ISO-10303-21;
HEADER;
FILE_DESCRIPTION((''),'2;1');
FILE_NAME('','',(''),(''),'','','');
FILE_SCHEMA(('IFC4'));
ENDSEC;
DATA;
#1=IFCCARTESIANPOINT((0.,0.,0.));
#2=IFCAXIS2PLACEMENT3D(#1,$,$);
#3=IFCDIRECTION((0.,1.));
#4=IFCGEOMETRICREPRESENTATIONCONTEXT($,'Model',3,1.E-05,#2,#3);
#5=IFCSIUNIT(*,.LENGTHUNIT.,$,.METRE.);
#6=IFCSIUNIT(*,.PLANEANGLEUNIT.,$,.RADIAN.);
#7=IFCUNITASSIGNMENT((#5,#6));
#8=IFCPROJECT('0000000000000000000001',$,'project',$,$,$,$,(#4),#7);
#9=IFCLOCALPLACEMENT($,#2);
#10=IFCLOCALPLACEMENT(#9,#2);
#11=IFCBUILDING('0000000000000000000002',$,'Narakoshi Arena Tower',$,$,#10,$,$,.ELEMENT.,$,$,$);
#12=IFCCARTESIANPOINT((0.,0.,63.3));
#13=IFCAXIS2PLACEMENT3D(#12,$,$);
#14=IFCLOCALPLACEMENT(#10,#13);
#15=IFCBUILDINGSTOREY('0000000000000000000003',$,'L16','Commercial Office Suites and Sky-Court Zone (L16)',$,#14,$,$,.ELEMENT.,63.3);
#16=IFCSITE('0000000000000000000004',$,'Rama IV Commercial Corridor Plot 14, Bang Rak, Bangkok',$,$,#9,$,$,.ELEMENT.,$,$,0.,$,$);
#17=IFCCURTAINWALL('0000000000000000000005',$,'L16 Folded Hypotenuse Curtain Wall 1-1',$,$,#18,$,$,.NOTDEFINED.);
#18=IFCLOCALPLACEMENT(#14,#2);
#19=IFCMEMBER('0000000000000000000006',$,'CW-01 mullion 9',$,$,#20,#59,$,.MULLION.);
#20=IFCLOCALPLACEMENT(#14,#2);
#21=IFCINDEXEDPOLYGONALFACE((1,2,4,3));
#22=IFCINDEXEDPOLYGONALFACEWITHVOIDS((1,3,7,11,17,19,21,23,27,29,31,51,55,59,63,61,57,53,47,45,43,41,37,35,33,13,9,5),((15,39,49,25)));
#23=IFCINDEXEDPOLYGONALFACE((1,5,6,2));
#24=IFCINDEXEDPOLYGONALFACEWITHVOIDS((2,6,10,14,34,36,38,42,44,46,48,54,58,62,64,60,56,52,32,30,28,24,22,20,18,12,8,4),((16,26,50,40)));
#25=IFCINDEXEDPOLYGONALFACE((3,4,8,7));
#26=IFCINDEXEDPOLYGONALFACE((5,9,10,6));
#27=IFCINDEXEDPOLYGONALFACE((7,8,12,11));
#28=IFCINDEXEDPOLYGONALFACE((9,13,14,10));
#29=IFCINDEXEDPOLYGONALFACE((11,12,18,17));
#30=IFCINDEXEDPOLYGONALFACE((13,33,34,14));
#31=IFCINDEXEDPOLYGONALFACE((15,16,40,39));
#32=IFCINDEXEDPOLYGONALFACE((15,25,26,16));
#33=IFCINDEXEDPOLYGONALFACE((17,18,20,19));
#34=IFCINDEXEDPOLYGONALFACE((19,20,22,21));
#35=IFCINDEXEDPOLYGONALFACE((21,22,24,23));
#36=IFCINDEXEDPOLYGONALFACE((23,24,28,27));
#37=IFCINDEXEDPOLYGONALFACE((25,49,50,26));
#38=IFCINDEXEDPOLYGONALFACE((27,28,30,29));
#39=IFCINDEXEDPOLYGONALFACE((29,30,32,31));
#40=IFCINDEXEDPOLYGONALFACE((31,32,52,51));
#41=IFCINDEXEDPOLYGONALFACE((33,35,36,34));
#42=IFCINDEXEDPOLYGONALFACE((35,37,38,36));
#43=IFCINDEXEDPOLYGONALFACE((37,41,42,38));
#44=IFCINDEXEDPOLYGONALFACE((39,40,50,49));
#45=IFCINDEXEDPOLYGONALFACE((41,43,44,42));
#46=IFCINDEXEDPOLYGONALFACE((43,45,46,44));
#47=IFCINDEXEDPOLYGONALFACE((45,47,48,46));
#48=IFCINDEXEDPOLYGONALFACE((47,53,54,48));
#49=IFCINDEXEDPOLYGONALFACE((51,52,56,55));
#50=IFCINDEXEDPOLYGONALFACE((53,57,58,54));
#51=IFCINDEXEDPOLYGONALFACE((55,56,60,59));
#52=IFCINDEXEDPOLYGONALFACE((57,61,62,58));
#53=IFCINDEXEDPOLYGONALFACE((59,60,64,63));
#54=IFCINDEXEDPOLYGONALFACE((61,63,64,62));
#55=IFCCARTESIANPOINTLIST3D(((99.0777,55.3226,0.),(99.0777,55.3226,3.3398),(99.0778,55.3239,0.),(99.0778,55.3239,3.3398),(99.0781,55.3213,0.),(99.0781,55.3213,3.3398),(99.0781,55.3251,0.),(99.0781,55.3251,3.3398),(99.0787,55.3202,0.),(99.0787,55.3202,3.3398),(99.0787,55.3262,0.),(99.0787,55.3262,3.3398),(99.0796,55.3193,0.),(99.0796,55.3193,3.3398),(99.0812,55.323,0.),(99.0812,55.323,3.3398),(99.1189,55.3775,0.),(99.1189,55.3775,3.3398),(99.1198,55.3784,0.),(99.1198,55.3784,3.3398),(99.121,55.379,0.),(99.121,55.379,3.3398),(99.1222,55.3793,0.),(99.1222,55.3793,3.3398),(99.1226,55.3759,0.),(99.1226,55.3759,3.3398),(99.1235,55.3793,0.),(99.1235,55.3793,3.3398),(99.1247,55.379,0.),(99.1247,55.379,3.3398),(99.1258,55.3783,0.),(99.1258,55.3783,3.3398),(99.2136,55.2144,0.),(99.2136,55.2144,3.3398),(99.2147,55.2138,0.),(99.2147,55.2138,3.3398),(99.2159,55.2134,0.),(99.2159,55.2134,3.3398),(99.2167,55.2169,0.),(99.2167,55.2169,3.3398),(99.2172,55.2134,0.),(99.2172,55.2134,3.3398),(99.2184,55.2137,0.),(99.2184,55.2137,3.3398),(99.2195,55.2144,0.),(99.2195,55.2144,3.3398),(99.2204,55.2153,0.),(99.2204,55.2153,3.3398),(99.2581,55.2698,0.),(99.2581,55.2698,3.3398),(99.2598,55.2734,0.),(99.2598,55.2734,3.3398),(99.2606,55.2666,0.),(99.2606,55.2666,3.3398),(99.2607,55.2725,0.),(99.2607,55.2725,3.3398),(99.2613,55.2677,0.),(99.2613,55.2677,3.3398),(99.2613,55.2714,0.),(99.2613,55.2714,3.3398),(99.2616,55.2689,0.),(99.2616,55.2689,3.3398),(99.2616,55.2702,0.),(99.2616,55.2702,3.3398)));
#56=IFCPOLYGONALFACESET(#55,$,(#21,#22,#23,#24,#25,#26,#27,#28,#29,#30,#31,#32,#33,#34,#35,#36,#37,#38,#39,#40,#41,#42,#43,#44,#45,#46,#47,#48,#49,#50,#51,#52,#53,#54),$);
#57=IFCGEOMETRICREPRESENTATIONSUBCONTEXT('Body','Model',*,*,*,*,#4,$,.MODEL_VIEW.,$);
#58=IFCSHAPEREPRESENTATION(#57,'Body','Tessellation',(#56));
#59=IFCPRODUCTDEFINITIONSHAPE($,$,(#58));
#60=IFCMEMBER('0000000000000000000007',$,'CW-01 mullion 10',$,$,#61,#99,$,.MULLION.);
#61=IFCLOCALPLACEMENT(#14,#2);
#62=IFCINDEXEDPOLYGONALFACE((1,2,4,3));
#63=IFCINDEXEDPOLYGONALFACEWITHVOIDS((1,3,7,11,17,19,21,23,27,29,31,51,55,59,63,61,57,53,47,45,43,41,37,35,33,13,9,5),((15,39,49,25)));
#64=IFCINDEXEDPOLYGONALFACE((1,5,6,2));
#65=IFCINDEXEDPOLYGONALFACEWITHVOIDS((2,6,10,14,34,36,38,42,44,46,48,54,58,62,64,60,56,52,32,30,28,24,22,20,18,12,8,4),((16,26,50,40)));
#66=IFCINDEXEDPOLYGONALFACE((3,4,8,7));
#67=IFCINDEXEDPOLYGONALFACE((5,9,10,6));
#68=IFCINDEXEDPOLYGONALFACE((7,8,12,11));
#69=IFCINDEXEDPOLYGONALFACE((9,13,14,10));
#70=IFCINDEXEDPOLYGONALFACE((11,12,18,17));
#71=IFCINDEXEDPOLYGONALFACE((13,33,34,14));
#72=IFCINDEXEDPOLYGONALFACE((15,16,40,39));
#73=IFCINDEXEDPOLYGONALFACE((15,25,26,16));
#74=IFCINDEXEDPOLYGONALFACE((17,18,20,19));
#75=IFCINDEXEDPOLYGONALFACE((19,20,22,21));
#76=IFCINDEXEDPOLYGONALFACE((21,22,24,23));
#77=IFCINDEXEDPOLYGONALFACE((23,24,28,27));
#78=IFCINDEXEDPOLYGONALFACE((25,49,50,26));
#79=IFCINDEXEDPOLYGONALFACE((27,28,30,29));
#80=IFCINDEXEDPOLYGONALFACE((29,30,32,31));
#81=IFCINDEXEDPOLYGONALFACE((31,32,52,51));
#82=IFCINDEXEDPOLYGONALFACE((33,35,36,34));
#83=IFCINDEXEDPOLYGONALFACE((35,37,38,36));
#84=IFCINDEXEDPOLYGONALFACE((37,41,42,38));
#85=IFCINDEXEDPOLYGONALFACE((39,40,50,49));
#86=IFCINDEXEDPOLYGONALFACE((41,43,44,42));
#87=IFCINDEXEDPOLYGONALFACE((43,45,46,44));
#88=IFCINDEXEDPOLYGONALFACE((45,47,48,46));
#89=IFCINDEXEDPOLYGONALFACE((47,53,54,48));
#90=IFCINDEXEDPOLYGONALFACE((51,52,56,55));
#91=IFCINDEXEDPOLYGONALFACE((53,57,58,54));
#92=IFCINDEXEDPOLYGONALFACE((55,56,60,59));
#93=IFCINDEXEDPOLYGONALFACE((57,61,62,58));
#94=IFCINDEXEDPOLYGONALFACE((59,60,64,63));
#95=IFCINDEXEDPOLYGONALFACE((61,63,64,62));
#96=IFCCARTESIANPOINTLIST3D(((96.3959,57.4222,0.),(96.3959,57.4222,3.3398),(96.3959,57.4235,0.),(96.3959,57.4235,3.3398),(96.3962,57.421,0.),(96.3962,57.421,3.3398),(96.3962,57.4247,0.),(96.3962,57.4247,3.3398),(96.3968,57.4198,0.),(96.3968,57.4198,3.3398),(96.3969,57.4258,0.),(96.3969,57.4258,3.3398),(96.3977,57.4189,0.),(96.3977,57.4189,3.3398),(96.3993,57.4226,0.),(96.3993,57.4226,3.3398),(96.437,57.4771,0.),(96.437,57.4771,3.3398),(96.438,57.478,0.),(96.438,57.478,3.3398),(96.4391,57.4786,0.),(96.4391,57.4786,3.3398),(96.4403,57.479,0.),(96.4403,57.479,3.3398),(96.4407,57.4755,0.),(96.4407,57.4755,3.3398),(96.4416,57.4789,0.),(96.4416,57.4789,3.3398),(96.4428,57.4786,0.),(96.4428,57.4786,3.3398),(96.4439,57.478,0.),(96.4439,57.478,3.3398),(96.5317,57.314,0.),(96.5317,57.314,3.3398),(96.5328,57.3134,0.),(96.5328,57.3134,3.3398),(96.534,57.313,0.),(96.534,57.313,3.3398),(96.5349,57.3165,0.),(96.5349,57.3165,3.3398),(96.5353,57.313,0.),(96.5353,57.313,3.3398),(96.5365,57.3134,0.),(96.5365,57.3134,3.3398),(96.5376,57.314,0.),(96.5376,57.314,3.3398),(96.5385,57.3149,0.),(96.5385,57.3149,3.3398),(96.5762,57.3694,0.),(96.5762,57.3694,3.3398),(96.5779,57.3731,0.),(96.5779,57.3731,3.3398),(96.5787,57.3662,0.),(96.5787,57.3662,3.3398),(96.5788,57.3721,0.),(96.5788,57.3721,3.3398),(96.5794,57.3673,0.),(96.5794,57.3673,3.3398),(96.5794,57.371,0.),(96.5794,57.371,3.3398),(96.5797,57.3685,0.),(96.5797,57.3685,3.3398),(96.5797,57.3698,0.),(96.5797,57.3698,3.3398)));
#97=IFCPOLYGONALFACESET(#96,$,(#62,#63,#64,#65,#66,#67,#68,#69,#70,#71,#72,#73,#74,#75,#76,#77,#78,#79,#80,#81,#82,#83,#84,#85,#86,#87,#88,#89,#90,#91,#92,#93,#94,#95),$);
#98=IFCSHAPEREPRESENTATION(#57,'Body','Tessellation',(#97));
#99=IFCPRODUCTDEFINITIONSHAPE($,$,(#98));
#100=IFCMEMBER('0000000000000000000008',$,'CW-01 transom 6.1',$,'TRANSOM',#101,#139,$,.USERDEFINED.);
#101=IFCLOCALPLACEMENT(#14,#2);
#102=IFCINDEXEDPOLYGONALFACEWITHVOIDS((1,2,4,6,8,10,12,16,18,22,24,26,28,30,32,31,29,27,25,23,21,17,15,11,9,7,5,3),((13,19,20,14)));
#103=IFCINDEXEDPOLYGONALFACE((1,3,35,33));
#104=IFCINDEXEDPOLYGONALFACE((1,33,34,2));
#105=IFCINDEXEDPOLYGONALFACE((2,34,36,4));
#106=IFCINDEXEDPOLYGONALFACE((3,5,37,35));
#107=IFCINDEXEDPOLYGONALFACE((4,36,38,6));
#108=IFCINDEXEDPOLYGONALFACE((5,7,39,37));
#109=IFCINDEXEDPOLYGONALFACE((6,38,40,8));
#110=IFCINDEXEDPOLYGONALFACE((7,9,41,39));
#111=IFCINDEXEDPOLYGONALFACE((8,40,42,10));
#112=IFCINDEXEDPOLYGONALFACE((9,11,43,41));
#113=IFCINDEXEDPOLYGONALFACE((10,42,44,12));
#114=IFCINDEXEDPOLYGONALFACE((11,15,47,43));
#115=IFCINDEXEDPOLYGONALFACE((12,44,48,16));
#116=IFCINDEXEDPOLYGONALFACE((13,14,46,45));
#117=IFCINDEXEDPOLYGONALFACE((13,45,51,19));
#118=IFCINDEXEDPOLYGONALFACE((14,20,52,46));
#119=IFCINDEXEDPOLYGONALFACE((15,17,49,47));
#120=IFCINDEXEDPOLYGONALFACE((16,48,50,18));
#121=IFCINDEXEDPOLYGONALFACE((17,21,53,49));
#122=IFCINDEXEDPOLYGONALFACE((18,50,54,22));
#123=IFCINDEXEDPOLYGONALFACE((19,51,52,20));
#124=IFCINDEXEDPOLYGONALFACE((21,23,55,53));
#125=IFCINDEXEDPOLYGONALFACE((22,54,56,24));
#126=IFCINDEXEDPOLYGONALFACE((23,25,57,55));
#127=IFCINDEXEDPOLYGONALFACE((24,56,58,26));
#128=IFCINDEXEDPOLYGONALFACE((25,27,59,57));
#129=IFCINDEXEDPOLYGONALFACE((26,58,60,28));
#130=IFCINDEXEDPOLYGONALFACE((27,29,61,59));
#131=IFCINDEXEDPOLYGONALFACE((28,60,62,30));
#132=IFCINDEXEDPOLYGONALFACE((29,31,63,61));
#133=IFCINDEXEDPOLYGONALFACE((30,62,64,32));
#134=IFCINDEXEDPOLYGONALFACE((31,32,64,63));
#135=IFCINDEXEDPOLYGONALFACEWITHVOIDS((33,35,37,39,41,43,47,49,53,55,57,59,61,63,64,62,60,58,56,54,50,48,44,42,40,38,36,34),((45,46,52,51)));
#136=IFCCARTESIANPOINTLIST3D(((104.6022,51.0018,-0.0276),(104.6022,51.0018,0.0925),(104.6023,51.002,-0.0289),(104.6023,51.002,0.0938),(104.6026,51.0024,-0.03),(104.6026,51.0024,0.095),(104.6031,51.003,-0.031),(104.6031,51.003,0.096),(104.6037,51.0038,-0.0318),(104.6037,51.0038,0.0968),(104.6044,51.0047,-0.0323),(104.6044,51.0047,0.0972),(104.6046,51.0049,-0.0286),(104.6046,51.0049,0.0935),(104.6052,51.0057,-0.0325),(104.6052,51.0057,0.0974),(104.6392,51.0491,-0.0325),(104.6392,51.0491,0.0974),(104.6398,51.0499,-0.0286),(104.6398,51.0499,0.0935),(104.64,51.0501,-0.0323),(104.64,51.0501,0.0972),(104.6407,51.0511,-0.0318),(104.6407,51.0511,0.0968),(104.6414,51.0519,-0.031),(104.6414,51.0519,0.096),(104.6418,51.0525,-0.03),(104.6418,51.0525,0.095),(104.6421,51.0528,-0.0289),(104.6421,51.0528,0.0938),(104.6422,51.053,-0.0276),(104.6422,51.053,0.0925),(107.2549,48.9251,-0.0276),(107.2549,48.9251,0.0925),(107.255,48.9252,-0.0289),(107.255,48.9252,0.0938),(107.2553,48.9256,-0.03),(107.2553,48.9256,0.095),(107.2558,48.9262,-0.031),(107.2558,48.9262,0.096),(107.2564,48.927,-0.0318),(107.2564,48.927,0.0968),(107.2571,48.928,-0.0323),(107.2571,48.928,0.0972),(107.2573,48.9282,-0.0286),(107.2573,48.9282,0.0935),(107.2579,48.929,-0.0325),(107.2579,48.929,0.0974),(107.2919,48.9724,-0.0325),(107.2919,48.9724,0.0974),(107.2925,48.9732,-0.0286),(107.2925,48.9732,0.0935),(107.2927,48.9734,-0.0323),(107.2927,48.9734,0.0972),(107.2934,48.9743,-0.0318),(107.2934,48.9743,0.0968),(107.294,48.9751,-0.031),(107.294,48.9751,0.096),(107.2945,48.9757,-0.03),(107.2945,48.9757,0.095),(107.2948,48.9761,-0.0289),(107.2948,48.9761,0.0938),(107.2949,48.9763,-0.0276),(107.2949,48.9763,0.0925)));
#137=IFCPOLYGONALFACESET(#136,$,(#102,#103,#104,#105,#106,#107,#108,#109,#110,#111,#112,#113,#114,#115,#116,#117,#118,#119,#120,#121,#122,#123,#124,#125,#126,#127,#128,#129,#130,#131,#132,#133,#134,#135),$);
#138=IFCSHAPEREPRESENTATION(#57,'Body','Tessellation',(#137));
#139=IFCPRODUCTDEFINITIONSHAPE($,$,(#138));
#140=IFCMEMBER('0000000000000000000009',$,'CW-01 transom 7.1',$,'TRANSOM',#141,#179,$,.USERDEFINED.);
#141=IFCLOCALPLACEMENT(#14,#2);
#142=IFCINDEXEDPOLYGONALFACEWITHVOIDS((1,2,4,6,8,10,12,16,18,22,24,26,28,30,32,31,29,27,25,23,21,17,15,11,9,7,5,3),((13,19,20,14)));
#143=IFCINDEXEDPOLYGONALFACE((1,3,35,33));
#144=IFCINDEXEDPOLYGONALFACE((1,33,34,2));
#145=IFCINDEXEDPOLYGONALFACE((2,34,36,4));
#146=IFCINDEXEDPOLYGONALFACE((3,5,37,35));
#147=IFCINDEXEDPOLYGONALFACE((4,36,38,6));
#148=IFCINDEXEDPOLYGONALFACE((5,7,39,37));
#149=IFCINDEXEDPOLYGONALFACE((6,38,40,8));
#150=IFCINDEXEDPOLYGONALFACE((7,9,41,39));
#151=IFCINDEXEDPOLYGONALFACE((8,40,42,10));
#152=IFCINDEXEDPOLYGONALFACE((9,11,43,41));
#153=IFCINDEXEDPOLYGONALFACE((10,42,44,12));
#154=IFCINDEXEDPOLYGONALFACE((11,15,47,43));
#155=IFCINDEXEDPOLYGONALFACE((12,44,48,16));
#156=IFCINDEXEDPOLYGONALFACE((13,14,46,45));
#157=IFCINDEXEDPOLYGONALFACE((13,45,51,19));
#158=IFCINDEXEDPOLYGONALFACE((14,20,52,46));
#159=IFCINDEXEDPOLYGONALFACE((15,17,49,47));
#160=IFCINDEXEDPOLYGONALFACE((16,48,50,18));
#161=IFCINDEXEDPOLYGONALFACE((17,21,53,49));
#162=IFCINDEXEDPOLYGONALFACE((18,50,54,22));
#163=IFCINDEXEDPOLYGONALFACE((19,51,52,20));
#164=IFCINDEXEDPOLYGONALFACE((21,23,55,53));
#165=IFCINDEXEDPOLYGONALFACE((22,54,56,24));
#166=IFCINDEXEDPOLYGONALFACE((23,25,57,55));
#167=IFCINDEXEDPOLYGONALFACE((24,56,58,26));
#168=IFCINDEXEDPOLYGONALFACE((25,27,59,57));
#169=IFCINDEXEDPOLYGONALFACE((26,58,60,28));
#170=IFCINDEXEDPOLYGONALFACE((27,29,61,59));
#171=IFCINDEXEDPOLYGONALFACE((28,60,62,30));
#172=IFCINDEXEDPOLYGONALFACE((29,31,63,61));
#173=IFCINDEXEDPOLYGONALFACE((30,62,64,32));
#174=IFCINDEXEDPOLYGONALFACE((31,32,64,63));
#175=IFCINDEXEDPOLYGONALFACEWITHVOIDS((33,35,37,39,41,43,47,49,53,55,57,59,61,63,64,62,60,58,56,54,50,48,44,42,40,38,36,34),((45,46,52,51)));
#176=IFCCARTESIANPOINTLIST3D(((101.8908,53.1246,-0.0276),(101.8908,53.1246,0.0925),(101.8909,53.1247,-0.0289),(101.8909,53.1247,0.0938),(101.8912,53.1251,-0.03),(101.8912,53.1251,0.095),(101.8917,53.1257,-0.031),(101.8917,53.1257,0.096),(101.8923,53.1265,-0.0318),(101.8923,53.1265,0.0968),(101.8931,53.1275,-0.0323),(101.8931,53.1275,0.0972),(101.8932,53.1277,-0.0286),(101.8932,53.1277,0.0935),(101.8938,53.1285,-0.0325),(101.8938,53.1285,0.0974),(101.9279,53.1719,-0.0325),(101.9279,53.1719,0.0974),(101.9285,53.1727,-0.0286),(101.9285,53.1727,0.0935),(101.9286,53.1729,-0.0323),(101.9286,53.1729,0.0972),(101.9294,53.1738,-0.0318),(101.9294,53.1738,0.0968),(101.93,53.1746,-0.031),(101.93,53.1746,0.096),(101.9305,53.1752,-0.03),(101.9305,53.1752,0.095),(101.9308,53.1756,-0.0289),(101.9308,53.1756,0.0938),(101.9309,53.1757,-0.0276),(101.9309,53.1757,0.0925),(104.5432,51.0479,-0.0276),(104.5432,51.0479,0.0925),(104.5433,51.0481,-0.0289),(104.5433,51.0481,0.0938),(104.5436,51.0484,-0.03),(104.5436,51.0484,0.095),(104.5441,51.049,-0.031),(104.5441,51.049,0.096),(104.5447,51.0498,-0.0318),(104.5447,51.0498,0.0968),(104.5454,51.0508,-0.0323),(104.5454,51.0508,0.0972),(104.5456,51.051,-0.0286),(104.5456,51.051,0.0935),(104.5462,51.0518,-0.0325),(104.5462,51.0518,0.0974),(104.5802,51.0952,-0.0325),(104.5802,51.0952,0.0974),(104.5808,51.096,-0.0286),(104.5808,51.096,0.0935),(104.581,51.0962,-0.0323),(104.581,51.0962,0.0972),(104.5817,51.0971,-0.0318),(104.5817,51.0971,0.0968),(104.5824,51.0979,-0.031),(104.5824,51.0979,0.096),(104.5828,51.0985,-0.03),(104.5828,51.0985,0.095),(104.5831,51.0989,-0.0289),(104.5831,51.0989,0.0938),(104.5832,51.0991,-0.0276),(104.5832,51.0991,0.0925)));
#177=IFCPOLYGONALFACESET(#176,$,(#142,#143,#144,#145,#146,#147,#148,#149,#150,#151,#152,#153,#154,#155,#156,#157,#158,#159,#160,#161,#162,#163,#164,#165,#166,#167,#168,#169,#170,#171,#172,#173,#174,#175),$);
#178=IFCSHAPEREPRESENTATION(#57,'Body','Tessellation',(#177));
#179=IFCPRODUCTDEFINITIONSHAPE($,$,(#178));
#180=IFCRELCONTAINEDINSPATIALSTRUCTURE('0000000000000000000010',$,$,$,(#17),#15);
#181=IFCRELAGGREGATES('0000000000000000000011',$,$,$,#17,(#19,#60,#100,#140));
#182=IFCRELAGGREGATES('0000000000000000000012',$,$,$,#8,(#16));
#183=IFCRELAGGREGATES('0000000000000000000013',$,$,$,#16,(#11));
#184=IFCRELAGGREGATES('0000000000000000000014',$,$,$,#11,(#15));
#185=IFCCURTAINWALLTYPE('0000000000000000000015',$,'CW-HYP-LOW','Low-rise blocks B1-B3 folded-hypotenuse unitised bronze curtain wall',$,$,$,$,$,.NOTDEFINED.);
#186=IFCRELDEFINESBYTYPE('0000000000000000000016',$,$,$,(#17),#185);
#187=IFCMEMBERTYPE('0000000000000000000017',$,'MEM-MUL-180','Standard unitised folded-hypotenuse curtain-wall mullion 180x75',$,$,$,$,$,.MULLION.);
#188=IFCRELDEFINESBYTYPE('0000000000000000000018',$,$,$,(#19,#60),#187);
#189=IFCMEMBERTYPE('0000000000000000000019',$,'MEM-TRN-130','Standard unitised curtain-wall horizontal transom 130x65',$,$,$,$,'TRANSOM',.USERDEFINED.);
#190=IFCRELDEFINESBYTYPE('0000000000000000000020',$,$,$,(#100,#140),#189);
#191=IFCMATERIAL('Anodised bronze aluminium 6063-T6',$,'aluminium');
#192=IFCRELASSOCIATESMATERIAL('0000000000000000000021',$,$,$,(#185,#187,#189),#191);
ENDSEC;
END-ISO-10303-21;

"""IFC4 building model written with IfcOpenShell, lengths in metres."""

from ifc_helpers import new_model, si_unit, direction, frame, origin, origin_2d, place, context, subcontext, project, spatial, hollow_rectangle, extrude, material, material_profile, profile_set, type_object, element, aggregate, save


model = new_model("IFC4")

# Units and contexts
model_context = context("Model", 3, precision=1e-05, world=origin(), true_north=direction((0.0, 1.0)))
body_context = subcontext(model_context, "Body", "Model", "MODEL_VIEW")
ifc_project = project(units=[si_unit("LENGTHUNIT", "METRE"), si_unit("PLANEANGLEUNIT", "RADIAN")], contexts=[model_context])

# Site, building, storey
site_placement = place(None, origin())
site = spatial("IfcSite", under=ifc_project, at=site_placement, Name="Rama IV Commercial Corridor Plot 14, Bang Rak, Bangkok", CompositionType="ELEMENT", RefElevation=0.0)
building_placement = place(site_placement, origin())
building = spatial("IfcBuilding", under=site, at=building_placement, Name="Narakoshi Arena Tower", CompositionType="ELEMENT")
storey_placement = place(building_placement, frame((0.0, 0.0, 63.3)))
storey = spatial("IfcBuildingStorey", under=building, at=storey_placement, Name="L16", Description="Commercial Office Suites and Sky-Court Zone (L16)", CompositionType="ELEMENT", Elevation=63.3)

# Curtain wall, members
ifc_material_1 = material(Name="Anodised bronze aluminium 6063-T6", Category="aluminium")
curtain_wall_type = type_object("IfcCurtainWallType", Name="CW-HYP-LOW", Description="Low-rise blocks B1-B3 folded-hypotenuse unitised bronze curtain wall", PredefinedType="NOTDEFINED", material=ifc_material_1)
curtain_wall_placement = place(storey_placement, origin())
curtain_wall = element("IfcCurtainWall", 1, at=curtain_wall_placement, inside=storey, type_object=curtain_wall_type, Name="L16 Folded Hypotenuse Curtain Wall 1-1", PredefinedType="NOTDEFINED")
ifc_material_profile_1 = material_profile(ifc_material_1, hollow_rectangle(XDim=0.075, YDim=0.1799, WallThickness=0.0039, OuterFilletRadius=0.0049, at=origin_2d()), Name="MUL180x75x4")
ifc_profile_set_1 = profile_set([ifc_material_profile_1], Name="Anodised bronze aluminium 6063-T6")
member_type_1 = type_object("IfcMemberType", Name="MEM-MUL-180", Description="Standard unitised folded-hypotenuse curtain-wall mullion 180x75", PredefinedType="MULLION", material=ifc_profile_set_1)
member_1_placement = place(storey_placement, frame((99.1697, 55.2964, 0.0), z_axis=(0.0, 0.0, 1.0), x_axis=(-0.616458, -0.787388, 0.0)))
member_1 = element("IfcMember", 2, at=member_1_placement, type_object=member_type_1, Name="CW-01 mullion 9", PredefinedType="MULLION", context=body_context, shape_type="SweptSolid", body=[
    extrude(hollow_rectangle(XDim=0.075, YDim=0.1799, WallThickness=0.0039, OuterFilletRadius=0.0049, at=origin_2d()), origin(), (0.0, 0.0, 1.0), 3.3398),
])
member_2_placement = place(storey_placement, frame((96.4878, 57.396, 0.0), z_axis=(0.0, 0.0, 1.0), x_axis=(-0.616458, -0.787388, 0.0)))
member_2 = element("IfcMember", 3, at=member_2_placement, type_object=member_type_1, Name="CW-01 mullion 10", PredefinedType="MULLION", context=body_context, shape_type="SweptSolid", body=[
    extrude(hollow_rectangle(XDim=0.075, YDim=0.1799, WallThickness=0.0039, OuterFilletRadius=0.0049, at=origin_2d()), origin(), (0.0, 0.0, 1.0), 3.3398),
])
ifc_material_profile_2 = material_profile(ifc_material_1, hollow_rectangle(XDim=0.0649, YDim=0.1299, WallThickness=0.0039, OuterFilletRadius=0.0049, at=origin_2d()), Name="TRN130x65x4")
ifc_profile_set_2 = profile_set([ifc_material_profile_2], Name="Anodised bronze aluminium 6063-T6")
member_type_2 = type_object("IfcMemberType", Name="MEM-TRN-130", Description="Standard unitised curtain-wall horizontal transom 130x65", ElementType="TRANSOM", PredefinedType="USERDEFINED", material=ifc_profile_set_2)
member_3_placement = place(storey_placement, frame((107.2749, 48.9507, 0.0325), z_axis=(-0.787401, 0.616441, 0.0), x_axis=(-0.616441, -0.787401, 0.0)))
member_3 = element("IfcMember", 4, at=member_3_placement, type_object=member_type_2, Name="CW-01 transom 6.1", ObjectType="TRANSOM", PredefinedType="USERDEFINED", context=body_context, shape_type="SweptSolid", body=[
    extrude(hollow_rectangle(XDim=0.0649, YDim=0.1299, WallThickness=0.0039, OuterFilletRadius=0.0049, at=origin_2d()), origin(), (0.0, 0.0, 1.0), 3.3689),
])
member_4_placement = place(storey_placement, frame((104.5632, 51.0735, 0.0325), z_axis=(-0.787373, 0.616476, 0.0), x_axis=(-0.616476, -0.787373, 0.0)))
member_4 = element("IfcMember", 5, at=member_4_placement, type_object=member_type_2, Name="CW-01 transom 7.1", ObjectType="TRANSOM", PredefinedType="USERDEFINED", context=body_context, shape_type="SweptSolid", body=[
    extrude(hollow_rectangle(XDim=0.0649, YDim=0.1299, WallThickness=0.0039, OuterFilletRadius=0.0049, at=origin_2d()), origin(), (0.0, 0.0, 1.0), 3.3687),
])
aggregate(curtain_wall, [member_1, member_2, member_3, member_4])

save(model, "model.ifc")
